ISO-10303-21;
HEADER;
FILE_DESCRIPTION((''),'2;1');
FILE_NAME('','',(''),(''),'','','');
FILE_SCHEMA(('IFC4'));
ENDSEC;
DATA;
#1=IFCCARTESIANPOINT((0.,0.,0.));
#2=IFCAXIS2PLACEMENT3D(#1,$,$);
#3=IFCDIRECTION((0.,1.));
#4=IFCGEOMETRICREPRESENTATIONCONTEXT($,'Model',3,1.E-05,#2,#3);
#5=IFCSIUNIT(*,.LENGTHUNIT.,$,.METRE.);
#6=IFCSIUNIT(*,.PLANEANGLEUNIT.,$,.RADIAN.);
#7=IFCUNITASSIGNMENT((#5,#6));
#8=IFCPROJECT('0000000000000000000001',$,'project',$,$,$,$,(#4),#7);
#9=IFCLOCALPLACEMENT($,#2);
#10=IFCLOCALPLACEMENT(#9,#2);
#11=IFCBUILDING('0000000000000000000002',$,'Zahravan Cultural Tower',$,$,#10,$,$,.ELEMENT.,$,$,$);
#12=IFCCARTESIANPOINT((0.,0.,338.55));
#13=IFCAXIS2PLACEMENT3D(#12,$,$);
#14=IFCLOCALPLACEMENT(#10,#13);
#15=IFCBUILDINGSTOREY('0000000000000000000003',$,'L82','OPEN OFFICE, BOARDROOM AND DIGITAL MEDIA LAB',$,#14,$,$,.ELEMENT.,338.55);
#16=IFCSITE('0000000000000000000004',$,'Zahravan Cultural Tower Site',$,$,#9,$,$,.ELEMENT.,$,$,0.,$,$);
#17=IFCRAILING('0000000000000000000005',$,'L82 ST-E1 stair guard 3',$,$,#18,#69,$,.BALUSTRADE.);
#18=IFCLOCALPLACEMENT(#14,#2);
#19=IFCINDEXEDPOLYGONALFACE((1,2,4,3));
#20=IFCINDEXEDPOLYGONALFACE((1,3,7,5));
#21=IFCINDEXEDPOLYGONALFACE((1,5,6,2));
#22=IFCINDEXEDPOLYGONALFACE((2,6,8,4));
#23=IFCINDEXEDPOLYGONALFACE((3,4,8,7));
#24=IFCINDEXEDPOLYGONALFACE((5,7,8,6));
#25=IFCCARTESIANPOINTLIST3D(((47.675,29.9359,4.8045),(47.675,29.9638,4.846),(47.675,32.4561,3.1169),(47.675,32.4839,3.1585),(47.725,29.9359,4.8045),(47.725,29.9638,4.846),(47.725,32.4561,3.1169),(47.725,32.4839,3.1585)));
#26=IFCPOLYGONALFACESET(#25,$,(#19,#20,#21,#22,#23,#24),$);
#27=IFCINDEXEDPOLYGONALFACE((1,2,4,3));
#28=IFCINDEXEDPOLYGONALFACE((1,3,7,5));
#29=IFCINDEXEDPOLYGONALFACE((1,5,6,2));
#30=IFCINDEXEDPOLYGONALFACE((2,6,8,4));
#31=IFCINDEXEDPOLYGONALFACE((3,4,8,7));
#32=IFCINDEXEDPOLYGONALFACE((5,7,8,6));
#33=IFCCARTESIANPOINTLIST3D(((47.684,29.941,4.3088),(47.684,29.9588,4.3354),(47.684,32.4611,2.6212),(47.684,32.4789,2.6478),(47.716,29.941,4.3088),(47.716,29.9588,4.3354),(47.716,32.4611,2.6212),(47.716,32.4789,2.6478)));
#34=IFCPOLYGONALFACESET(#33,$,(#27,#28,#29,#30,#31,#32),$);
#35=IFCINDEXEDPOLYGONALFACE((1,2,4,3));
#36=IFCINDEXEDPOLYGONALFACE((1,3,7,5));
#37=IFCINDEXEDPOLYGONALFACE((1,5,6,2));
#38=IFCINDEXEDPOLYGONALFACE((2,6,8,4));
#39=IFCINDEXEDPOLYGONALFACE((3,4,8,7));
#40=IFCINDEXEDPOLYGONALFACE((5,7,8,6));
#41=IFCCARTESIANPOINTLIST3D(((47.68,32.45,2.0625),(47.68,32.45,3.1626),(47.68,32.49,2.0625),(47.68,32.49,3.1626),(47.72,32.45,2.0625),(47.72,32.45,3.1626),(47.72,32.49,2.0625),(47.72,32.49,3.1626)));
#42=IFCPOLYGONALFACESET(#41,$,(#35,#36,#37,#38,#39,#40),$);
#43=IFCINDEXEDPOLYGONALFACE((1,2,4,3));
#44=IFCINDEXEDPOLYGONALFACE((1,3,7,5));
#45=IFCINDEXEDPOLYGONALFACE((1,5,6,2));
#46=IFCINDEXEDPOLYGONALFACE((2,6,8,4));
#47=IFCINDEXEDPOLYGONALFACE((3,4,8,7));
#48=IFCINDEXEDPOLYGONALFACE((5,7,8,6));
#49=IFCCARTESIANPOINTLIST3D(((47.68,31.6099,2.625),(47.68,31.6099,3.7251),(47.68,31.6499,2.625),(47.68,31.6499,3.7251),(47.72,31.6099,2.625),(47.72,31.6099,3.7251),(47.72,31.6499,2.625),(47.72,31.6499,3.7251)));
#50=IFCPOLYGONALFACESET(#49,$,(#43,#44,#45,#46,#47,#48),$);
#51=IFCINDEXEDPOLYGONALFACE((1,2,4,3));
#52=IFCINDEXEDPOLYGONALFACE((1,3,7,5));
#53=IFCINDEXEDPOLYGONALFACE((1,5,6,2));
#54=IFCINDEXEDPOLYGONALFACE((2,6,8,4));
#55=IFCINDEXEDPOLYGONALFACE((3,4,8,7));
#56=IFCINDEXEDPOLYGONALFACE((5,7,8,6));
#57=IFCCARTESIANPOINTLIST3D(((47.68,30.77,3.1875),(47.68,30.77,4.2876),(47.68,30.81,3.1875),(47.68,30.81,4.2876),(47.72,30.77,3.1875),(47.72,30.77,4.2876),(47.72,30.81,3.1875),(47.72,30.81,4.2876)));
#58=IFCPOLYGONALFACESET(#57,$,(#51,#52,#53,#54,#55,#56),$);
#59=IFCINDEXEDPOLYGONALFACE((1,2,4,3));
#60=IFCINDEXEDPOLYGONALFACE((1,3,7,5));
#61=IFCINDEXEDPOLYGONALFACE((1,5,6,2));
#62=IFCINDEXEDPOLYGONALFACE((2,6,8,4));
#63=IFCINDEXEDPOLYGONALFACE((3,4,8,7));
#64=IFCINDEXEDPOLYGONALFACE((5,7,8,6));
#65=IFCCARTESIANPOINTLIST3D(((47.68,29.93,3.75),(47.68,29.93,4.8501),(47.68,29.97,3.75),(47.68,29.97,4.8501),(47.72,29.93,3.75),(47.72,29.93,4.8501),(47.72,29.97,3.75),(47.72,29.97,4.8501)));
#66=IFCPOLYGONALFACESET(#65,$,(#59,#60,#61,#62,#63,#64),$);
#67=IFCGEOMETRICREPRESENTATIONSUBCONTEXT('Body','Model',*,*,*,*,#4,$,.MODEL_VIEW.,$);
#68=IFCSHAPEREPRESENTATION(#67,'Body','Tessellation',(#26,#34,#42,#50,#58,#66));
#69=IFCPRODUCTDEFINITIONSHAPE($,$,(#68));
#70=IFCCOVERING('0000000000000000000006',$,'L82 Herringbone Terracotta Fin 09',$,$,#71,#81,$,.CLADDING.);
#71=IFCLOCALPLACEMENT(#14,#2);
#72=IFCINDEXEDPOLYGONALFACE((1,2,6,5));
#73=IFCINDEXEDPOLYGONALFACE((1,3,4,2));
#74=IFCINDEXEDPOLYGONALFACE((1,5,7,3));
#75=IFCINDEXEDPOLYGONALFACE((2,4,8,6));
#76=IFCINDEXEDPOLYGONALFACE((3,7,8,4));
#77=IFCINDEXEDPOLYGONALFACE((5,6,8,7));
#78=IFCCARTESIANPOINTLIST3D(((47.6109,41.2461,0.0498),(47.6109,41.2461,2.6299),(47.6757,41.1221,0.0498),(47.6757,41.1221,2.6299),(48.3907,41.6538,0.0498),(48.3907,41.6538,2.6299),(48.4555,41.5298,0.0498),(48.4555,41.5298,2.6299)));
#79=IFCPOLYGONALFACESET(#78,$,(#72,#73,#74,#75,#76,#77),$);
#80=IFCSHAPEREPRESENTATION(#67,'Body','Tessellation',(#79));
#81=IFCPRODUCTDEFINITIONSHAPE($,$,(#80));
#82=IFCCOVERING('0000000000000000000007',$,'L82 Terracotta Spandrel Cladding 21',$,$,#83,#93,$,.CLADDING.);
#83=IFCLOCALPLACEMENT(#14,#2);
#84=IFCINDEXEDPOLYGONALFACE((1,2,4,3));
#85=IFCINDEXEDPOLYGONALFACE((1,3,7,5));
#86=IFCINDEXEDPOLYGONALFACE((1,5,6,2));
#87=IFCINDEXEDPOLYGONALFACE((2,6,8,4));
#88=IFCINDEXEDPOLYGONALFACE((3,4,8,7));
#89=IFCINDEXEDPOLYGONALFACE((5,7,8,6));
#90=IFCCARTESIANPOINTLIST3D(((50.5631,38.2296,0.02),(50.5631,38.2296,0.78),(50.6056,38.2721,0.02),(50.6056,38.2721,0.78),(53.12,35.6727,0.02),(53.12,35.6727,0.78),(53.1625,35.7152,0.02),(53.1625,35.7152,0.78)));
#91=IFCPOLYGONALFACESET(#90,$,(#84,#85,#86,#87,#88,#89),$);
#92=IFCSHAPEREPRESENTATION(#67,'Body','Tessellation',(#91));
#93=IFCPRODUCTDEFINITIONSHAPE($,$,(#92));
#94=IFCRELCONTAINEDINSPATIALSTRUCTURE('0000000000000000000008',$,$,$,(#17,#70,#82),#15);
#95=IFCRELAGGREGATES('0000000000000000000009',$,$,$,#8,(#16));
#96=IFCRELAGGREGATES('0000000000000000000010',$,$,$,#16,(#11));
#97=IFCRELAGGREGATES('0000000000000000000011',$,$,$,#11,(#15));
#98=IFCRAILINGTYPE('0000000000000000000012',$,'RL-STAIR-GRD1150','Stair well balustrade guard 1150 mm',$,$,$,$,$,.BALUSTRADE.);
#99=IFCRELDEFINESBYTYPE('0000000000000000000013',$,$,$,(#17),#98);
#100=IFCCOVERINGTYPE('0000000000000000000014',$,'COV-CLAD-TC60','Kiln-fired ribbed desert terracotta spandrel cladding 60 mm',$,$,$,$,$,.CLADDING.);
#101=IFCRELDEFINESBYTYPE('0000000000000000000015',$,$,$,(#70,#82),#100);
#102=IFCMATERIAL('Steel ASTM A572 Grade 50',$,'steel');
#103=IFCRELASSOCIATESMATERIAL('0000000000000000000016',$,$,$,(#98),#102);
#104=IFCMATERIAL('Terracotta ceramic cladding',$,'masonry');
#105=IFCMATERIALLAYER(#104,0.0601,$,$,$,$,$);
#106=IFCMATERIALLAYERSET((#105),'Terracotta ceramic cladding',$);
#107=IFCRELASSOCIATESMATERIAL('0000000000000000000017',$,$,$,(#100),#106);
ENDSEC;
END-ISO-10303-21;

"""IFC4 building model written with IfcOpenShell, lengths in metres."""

from ifc_helpers import new_model, si_unit, direction, frame, origin, origin_2d, place, context, subcontext, project, spatial, rectangle, extrude, source, transform, mapped, material, layer, layer_set, type_object, element, save


model = new_model("IFC4")

# Units and contexts
model_context = context("Model", 3, precision=1e-05, world=origin(), true_north=direction((0.0, 1.0)))
body_context = subcontext(model_context, "Body", "Model", "MODEL_VIEW")
ifc_project = project(units=[si_unit("LENGTHUNIT", "METRE"), si_unit("PLANEANGLEUNIT", "RADIAN")], contexts=[model_context])

# Site, building, storey
site_placement = place(None, origin())
site = spatial("IfcSite", under=ifc_project, at=site_placement, Name="Zahravan Cultural Tower Site", CompositionType="ELEMENT", RefElevation=0.0)
building_placement = place(site_placement, origin())
building = spatial("IfcBuilding", under=site, at=building_placement, Name="Zahravan Cultural Tower", CompositionType="ELEMENT")
storey_placement = place(building_placement, frame((0.0, 0.0, 338.55)))
storey = spatial("IfcBuildingStorey", under=building, at=storey_placement, Name="L82", Description="OPEN OFFICE, BOARDROOM AND DIGITAL MEDIA LAB", CompositionType="ELEMENT", Elevation=338.55)

# Railing
ifc_material_1 = material(Name="Steel ASTM A572 Grade 50", Category="steel")
railing_type = type_object("IfcRailingType", Name="RL-STAIR-GRD1150", Description="Stair well balustrade guard 1150 mm", PredefinedType="BALUSTRADE", material=ifc_material_1)
railing_1_placement = place(storey_placement, frame((47.7, 32.47, 2.0625)))
element("IfcRailing", 1, at=railing_1_placement, inside=storey, type_object=railing_type, Name="L82 ST-E1 stair guard 3", PredefinedType="BALUSTRADE", context=body_context, shape_type="SweptSolid", body=[
    extrude(rectangle(XDim=0.05, YDim=0.05, at=origin_2d()), frame((0.0, 0.0, 1.0752), z_axis=(0.0, -0.830909, 0.556408), x_axis=(1.0, 0.0, 0.0)), (0.0, 0.0, 1.0), 3.033),
    extrude(rectangle(XDim=0.032, YDim=0.032, at=origin_2d()), frame((0.0, 0.0, 0.572), z_axis=(0.0, -0.830909, 0.556408), x_axis=(1.0, 0.0, 0.0)), (0.0, 0.0, 1.0), 3.033),
    extrude(rectangle(XDim=0.04, YDim=0.04, at=origin_2d()), origin(), (0.0, 0.0, 1.0), 1.1001),
    extrude(rectangle(XDim=0.04, YDim=0.04, at=origin_2d()), frame((0.0, -0.8401, 0.5625)), (0.0, 0.0, 1.0), 1.1001),
    extrude(rectangle(XDim=0.04, YDim=0.04, at=origin_2d()), frame((0.0, -1.6799, 1.125)), (0.0, 0.0, 1.0), 1.1001),
    extrude(rectangle(XDim=0.04, YDim=0.04, at=origin_2d()), frame((0.0, -2.52, 1.6875)), (0.0, 0.0, 1.0), 1.1001),
])

# Coverings
ifc_material_2 = material(Name="Terracotta ceramic cladding", Category="masonry")
ifc_layer_1 = layer(ifc_material_2, 0.0601)
ifc_layer_set_1 = layer_set([ifc_layer_1], Name="Terracotta ceramic cladding")
covering_type = type_object("IfcCoveringType", Name="COV-CLAD-TC60", Description="Kiln-fired ribbed desert terracotta spandrel cladding 60 mm", PredefinedType="CLADDING", material=ifc_layer_set_1)
shared_shape_1 = source(origin(), body_context, "Body", "SweptSolid", [
    extrude(rectangle(XDim=0.8799, YDim=0.1399, at=origin_2d()), origin(), (0.0, 0.0, 1.0), 2.5801),
])
covering_1_placement = place(storey_placement, frame((48.0332, 41.3879, 0.0498), z_axis=(0.0, 0.0, 1.0), x_axis=(0.886195, 0.463312, 0.0)))
element("IfcCovering", 2, at=covering_1_placement, inside=storey, type_object=covering_type, Name="L82 Herringbone Terracotta Fin 09", PredefinedType="CLADDING", context=body_context, shape_type="MappedRepresentation", body=[
    mapped(shared_shape_1, transform((0.0, 0.0, 0.0), x_axis=(1.0, 0.0, 0.0), y_axis=(0.0, 1.0, 0.0), z_axis=(0.0, 0.0, 1.0), scale=1.0)),
])
shared_shape_2 = source(origin(), body_context, "Body", "SweptSolid", [
    extrude(rectangle(XDim=3.616, YDim=0.0601, at=origin_2d()), origin(), (0.0, 0.0, 1.0), 0.76),
])
covering_2_placement = place(storey_placement, frame((51.8628, 36.9724, 0.02), z_axis=(0.0, 0.0, 1.0), x_axis=(0.707107, -0.707107, 0.0)))
element("IfcCovering", 3, at=covering_2_placement, inside=storey, type_object=covering_type, Name="L82 Terracotta Spandrel Cladding 21", PredefinedType="CLADDING", context=body_context, shape_type="MappedRepresentation", body=[
    mapped(shared_shape_2, transform((0.0, 0.0, 0.0), x_axis=(1.0, 0.0, 0.0), y_axis=(0.0, 1.0, 0.0), z_axis=(0.0, 0.0, 1.0), scale=1.0)),
])

save(model, "model.ifc")
